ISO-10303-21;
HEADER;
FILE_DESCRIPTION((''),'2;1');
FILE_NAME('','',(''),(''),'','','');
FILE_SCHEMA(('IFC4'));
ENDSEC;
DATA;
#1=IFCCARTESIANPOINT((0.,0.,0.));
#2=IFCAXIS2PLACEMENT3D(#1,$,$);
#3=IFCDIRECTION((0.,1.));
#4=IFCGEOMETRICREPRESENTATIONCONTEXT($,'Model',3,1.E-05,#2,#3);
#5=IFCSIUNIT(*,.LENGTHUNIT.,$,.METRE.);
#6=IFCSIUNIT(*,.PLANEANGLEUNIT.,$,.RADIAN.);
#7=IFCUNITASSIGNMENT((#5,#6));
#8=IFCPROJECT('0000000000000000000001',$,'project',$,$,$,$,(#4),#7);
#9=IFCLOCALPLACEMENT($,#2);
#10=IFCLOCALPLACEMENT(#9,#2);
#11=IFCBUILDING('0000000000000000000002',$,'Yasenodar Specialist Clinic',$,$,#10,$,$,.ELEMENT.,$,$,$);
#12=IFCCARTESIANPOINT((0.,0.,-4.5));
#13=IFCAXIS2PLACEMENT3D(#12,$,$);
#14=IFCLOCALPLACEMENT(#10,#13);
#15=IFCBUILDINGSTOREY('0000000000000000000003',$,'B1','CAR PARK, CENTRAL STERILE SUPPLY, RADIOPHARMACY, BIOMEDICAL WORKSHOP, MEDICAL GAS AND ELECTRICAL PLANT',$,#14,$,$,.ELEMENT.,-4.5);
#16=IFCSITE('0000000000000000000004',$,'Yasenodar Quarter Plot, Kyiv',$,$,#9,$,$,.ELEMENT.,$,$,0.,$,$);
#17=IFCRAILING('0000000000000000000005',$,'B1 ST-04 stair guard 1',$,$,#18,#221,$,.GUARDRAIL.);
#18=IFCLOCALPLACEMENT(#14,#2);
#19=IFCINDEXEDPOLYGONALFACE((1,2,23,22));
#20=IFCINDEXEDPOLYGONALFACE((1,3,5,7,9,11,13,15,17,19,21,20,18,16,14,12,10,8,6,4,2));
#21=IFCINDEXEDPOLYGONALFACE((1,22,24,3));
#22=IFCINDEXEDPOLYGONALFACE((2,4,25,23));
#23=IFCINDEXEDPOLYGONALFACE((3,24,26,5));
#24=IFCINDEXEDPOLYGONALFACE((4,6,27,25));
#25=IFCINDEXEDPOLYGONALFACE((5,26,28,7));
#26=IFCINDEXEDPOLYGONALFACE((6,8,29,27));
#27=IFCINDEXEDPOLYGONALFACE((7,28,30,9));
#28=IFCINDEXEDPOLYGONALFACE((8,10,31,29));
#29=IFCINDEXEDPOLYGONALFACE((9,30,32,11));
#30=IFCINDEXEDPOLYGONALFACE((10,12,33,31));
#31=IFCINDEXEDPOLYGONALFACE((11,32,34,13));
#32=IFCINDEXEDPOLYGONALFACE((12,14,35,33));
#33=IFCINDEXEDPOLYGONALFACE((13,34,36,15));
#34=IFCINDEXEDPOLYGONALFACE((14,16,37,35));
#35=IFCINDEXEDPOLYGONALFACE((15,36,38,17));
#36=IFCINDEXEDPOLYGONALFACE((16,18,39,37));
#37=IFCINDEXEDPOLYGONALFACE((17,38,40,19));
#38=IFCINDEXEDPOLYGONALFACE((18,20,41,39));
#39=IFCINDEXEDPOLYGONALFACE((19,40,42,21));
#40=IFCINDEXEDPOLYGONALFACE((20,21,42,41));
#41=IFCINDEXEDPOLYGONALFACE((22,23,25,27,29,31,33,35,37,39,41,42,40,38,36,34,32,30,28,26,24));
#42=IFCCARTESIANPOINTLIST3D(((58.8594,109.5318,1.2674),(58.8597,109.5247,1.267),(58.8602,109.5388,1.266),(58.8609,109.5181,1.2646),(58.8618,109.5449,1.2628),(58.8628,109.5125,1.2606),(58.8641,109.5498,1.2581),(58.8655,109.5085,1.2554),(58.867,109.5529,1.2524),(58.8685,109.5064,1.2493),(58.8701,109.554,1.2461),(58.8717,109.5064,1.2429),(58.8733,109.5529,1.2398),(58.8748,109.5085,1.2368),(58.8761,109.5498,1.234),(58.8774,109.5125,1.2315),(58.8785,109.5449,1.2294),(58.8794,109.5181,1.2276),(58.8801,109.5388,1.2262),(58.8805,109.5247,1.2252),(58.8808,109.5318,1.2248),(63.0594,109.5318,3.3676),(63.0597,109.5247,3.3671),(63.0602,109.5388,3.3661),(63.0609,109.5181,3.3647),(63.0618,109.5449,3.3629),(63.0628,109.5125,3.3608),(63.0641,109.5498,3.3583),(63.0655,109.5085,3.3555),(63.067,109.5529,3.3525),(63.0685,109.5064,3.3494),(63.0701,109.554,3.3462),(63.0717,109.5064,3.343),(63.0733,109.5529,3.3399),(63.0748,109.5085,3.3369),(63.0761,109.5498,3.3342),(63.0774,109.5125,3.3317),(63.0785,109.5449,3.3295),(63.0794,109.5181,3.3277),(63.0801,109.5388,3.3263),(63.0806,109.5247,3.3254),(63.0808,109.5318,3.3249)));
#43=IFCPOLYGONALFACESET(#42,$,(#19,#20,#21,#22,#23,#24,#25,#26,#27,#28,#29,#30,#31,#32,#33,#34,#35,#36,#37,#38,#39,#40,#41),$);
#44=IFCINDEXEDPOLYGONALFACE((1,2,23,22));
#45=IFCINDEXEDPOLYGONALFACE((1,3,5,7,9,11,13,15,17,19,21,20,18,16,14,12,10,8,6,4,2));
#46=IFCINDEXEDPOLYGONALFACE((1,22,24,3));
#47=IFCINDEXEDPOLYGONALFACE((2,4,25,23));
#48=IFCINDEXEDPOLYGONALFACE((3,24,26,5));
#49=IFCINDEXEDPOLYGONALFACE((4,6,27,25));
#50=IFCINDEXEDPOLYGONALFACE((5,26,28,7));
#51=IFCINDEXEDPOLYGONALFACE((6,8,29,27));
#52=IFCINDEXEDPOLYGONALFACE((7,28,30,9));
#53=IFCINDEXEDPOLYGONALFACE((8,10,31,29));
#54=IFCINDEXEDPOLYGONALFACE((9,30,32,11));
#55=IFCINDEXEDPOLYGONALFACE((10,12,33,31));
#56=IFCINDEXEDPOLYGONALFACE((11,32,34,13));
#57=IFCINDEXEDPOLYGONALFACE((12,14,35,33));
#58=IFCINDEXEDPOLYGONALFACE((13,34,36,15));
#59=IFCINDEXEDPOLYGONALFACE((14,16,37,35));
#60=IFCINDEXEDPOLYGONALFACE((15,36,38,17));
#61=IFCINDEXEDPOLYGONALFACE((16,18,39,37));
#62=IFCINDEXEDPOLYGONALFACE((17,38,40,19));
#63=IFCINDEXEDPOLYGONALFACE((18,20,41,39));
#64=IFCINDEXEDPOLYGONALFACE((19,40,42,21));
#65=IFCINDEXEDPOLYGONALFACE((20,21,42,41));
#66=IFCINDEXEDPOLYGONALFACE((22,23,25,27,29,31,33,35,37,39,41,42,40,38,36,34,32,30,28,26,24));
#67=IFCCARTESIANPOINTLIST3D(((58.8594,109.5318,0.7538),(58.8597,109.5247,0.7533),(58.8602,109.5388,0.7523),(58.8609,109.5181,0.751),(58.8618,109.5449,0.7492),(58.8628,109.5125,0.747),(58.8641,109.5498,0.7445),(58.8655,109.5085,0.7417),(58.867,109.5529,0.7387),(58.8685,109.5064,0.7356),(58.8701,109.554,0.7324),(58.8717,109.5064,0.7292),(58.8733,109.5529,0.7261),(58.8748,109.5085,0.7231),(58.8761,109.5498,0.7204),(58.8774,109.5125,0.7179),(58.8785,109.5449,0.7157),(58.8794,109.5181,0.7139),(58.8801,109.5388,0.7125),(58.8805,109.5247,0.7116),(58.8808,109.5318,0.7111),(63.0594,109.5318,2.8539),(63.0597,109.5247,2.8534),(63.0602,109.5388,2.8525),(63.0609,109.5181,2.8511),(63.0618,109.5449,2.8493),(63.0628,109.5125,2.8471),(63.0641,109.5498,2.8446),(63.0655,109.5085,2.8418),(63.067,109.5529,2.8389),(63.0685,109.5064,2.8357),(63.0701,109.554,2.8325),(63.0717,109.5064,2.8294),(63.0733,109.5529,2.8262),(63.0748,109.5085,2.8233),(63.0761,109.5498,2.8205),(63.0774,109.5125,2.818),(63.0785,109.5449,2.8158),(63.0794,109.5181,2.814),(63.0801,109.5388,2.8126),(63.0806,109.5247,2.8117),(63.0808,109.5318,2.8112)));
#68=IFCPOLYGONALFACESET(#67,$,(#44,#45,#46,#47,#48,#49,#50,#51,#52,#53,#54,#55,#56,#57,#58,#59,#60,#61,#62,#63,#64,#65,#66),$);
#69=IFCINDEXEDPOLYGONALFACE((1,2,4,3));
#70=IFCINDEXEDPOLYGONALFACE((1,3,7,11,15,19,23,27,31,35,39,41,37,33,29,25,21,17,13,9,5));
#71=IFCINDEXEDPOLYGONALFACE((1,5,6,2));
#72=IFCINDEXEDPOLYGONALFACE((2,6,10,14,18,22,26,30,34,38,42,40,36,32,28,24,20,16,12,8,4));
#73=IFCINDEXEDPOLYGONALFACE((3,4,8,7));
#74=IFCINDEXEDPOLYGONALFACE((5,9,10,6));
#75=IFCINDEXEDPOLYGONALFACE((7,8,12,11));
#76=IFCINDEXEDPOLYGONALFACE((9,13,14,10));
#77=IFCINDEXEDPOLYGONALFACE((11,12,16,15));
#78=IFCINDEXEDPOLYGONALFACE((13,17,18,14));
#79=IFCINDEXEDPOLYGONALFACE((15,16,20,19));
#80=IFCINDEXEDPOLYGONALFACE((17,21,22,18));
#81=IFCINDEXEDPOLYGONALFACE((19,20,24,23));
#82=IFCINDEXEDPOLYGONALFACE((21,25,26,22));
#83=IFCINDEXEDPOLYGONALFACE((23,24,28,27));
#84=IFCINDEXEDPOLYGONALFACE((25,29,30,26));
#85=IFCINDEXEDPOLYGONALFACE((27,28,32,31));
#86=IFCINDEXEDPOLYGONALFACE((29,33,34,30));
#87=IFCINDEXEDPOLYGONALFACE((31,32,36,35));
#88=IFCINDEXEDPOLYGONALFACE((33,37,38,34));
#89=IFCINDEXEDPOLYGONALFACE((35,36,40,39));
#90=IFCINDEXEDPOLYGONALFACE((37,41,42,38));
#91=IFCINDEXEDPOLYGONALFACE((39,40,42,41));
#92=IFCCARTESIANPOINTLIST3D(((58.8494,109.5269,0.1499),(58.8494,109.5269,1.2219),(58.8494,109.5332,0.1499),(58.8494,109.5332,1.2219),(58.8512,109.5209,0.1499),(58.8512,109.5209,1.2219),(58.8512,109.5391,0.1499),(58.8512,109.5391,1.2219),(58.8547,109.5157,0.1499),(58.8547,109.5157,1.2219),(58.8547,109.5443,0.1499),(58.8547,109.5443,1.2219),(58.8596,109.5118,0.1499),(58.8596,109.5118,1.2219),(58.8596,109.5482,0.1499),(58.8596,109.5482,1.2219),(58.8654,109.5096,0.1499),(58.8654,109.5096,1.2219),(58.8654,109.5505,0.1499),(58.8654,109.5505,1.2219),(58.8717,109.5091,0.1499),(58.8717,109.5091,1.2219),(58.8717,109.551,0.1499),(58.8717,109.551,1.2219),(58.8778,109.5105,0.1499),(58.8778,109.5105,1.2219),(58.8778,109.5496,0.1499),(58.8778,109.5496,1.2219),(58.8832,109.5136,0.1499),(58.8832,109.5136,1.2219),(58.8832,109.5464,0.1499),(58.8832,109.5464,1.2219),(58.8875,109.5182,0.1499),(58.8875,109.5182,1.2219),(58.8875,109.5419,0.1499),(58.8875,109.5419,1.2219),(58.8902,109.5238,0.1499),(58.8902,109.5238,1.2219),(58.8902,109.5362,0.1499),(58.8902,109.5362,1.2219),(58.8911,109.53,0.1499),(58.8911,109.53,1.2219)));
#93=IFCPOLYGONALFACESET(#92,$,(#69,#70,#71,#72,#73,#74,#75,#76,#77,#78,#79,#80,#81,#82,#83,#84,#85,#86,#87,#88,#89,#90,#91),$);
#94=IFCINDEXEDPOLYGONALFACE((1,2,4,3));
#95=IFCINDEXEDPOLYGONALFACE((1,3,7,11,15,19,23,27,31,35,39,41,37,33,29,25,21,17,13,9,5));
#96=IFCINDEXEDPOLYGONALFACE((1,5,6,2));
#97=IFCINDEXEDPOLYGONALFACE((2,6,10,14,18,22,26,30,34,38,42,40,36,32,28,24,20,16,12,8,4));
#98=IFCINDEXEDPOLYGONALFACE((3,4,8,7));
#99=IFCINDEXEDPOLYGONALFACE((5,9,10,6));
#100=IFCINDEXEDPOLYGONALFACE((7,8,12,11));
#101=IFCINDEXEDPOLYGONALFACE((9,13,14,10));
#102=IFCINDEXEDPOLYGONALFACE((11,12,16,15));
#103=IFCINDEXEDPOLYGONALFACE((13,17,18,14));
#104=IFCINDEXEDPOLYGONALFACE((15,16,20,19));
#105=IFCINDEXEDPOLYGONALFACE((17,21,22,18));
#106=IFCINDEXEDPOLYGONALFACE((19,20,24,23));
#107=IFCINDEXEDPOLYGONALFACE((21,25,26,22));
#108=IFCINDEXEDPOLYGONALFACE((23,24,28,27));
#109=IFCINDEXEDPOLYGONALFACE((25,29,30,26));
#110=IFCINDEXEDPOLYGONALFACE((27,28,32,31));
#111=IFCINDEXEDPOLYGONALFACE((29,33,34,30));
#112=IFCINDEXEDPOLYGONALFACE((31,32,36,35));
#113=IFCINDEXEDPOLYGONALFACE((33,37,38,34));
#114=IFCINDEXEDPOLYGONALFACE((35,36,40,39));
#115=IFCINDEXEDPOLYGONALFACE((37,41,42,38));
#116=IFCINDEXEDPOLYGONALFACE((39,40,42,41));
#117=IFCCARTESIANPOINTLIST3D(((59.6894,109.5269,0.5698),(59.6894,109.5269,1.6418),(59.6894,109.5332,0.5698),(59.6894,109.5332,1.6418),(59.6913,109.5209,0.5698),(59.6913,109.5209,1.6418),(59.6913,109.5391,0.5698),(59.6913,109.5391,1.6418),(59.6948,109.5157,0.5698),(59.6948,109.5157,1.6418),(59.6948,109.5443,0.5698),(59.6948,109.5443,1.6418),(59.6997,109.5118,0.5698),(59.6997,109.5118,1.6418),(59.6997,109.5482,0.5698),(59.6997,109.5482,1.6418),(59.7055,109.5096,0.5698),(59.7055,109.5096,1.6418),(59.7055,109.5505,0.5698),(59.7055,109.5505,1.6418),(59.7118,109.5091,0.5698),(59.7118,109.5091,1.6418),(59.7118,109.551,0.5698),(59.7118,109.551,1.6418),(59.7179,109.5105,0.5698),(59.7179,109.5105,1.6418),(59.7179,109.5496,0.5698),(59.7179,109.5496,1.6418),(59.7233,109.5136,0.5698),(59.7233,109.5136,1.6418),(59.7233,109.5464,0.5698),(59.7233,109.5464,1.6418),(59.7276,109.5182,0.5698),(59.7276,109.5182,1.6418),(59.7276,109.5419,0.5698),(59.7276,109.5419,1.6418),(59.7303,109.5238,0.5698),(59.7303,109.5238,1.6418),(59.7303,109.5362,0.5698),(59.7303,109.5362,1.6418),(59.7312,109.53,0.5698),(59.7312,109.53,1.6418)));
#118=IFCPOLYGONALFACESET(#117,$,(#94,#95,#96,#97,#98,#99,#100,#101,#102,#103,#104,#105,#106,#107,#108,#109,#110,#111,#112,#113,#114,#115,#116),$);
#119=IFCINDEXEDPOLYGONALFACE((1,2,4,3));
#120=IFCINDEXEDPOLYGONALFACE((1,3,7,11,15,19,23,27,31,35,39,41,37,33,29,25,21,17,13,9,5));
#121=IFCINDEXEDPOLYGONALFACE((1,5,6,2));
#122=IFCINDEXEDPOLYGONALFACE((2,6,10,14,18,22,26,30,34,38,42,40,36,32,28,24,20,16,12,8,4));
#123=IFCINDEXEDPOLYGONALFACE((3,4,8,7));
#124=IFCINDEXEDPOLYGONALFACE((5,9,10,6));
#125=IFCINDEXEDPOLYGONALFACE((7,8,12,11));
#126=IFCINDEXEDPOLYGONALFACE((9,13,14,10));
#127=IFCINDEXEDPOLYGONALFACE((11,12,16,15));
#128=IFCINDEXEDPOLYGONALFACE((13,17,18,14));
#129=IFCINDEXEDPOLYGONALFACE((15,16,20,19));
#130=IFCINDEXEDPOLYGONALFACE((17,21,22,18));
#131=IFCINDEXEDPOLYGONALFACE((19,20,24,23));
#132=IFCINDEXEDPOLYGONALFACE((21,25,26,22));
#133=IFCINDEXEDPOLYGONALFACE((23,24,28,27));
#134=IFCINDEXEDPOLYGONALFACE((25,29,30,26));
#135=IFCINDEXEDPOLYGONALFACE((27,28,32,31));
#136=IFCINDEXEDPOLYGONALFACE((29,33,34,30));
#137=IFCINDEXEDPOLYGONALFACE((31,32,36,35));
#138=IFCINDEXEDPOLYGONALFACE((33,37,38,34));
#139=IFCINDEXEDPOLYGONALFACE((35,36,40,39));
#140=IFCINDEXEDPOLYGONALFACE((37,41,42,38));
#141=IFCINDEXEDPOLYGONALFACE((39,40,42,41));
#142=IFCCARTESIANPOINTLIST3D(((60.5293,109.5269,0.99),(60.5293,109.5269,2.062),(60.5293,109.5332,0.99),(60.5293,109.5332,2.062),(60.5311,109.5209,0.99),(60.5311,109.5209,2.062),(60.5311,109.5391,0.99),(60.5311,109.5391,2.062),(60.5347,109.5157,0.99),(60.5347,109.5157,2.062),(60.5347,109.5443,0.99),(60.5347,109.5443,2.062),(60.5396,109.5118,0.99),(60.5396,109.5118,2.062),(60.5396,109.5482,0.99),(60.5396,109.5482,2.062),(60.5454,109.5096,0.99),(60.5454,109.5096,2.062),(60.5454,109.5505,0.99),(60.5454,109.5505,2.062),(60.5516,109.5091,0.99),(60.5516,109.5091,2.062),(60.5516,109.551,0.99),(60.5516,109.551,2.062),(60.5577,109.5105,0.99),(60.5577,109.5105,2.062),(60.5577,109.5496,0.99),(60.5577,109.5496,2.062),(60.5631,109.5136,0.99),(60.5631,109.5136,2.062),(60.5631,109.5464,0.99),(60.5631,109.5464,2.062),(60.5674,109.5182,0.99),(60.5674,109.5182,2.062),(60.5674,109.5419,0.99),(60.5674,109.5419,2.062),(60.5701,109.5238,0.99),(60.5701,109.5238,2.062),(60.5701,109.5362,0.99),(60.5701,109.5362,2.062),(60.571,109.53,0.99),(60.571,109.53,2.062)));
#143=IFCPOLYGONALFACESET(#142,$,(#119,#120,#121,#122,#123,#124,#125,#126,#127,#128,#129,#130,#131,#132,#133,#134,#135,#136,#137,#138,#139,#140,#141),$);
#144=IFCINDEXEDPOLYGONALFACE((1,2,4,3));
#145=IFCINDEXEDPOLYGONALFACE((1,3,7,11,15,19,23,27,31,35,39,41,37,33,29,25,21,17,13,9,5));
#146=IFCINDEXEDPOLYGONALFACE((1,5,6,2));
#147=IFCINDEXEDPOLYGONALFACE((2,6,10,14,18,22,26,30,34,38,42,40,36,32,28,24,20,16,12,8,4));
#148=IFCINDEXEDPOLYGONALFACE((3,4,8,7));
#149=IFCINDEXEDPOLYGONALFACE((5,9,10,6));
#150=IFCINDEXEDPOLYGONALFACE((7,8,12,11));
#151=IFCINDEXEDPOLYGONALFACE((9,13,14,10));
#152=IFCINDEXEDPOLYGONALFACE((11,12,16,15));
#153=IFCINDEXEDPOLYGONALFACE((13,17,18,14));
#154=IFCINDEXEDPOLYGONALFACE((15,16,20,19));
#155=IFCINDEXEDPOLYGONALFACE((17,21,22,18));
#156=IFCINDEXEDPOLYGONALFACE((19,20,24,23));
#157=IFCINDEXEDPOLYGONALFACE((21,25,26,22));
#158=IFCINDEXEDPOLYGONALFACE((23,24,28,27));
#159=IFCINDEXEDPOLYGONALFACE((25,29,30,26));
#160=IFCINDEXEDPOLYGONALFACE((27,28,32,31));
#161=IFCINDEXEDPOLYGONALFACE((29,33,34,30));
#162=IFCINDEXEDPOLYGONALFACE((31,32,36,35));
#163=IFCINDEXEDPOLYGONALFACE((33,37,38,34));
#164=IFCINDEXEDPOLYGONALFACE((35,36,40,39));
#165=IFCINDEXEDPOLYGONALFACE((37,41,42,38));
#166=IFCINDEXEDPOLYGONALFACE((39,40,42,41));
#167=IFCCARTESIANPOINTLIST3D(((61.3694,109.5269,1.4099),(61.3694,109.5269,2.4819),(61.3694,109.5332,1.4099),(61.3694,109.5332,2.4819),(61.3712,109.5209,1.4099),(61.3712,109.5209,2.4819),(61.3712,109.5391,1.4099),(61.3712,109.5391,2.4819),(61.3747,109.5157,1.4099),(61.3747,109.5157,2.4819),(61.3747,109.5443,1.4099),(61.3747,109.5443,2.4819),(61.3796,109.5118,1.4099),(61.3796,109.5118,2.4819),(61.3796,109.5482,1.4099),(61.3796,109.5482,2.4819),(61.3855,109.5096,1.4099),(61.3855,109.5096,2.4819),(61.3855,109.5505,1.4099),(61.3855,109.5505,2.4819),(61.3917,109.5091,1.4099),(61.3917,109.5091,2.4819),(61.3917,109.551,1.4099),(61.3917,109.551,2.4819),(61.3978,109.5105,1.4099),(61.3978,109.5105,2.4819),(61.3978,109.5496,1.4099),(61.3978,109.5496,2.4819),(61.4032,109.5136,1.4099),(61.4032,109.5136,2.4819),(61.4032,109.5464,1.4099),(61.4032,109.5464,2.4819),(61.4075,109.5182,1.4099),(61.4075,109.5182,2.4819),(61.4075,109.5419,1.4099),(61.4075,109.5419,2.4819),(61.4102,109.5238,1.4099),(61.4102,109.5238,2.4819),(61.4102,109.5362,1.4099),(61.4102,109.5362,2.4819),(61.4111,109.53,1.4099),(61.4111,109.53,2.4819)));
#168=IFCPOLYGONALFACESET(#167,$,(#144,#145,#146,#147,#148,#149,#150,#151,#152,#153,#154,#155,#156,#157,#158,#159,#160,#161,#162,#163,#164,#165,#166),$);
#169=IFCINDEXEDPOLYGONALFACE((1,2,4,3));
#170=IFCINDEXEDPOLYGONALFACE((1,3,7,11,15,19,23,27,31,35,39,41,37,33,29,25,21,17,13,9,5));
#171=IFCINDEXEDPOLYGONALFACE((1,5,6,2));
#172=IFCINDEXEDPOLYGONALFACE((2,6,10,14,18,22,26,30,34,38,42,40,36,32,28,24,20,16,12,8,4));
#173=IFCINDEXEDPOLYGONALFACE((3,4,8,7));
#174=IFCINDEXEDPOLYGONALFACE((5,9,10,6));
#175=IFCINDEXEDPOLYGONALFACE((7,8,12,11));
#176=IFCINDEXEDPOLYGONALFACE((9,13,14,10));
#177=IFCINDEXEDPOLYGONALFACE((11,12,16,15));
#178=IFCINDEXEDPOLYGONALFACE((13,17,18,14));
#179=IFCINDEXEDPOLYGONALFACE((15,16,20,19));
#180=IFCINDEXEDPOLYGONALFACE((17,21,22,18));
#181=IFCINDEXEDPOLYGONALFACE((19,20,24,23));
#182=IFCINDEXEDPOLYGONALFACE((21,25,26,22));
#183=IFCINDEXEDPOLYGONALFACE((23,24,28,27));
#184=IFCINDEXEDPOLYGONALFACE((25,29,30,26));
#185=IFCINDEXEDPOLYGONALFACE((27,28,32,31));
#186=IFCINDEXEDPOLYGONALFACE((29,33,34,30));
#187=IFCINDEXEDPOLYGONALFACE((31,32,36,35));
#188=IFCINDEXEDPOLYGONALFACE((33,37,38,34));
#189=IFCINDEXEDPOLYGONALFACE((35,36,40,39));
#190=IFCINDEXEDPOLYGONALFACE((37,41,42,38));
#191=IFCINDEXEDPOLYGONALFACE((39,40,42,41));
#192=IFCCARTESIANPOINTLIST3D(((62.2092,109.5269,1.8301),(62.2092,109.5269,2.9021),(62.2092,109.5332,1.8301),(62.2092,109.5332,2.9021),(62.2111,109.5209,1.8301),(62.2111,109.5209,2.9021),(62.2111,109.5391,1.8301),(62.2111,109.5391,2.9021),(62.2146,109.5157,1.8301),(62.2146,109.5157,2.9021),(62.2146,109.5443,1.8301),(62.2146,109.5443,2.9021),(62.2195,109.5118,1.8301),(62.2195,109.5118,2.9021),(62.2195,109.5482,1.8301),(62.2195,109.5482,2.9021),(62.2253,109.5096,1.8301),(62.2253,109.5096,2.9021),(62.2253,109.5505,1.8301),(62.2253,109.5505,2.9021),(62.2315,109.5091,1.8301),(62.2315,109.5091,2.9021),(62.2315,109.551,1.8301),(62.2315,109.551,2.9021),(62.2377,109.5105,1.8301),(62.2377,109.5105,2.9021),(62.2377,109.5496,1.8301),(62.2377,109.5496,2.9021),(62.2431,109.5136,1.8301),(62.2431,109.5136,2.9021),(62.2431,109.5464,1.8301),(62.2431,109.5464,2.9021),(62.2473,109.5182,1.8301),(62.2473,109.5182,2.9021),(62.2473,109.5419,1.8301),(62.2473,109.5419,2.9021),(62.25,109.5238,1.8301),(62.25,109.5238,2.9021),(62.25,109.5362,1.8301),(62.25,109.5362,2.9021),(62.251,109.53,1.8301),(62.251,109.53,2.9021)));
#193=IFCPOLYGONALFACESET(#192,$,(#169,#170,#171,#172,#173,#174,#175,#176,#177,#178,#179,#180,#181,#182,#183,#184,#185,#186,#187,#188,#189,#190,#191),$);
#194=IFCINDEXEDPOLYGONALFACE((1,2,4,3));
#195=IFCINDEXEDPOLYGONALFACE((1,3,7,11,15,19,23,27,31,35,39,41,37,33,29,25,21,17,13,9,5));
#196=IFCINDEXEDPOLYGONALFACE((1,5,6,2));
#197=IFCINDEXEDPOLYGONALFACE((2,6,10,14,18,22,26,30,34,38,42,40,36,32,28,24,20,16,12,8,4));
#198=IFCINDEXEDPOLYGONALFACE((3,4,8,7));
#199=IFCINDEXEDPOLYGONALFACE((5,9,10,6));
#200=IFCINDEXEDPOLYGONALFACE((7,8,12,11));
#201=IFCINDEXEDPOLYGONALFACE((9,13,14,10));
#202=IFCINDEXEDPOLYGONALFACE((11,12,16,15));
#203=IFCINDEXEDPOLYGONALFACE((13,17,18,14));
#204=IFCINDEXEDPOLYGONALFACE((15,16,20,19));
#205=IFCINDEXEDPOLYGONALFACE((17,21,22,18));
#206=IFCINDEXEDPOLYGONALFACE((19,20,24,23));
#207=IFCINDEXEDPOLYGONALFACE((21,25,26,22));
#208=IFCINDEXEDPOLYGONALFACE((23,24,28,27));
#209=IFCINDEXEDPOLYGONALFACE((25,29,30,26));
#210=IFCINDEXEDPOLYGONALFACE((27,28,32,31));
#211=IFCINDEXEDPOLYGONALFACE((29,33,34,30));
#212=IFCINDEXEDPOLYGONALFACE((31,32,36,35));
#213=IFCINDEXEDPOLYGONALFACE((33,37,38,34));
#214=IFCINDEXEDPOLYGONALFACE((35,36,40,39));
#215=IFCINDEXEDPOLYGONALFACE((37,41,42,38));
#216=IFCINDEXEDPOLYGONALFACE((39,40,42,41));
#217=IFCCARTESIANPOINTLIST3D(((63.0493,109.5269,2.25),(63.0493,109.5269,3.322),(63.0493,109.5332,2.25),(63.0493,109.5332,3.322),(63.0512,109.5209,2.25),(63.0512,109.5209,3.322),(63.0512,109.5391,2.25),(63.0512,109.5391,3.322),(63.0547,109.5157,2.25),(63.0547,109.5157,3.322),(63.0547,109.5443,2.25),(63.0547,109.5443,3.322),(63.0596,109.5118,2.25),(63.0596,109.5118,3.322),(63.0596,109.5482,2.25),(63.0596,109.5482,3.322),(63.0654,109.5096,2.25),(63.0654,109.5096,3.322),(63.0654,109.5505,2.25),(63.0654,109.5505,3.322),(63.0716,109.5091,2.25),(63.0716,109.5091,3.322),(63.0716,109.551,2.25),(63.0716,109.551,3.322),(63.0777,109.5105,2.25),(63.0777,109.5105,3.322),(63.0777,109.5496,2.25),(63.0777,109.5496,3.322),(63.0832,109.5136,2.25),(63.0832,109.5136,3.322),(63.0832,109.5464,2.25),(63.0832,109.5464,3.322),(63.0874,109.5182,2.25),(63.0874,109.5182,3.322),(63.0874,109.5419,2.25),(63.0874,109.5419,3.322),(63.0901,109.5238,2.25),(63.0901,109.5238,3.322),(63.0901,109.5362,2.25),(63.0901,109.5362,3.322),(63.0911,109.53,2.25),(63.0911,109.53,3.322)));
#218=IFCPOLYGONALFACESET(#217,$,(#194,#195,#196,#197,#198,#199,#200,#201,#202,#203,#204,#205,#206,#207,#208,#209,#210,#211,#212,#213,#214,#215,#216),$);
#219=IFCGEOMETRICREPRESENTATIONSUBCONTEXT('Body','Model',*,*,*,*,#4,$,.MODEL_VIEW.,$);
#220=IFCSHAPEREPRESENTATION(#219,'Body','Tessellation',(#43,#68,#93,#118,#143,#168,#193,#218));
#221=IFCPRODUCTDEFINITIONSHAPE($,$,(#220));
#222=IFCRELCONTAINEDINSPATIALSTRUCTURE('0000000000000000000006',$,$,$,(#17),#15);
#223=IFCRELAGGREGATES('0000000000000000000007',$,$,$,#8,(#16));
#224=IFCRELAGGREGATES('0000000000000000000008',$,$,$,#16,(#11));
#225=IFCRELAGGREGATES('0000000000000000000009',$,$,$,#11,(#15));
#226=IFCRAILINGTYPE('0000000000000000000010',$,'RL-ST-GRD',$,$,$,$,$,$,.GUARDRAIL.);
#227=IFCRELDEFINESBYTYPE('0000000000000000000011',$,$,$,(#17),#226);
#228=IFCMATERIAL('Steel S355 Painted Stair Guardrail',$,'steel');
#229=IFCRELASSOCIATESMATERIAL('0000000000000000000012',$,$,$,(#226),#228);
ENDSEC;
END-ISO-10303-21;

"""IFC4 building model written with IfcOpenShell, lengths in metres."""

from ifc_helpers import new_model, si_unit, direction, frame, origin, origin_2d, place, context, subcontext, project, spatial, circle, extrude, material, type_object, element, save


model = new_model("IFC4")

# Units and contexts
model_context = context("Model", 3, precision=1e-05, world=origin(), true_north=direction((0.0, 1.0)))
body_context = subcontext(model_context, "Body", "Model", "MODEL_VIEW")
ifc_project = project(units=[si_unit("LENGTHUNIT", "METRE"), si_unit("PLANEANGLEUNIT", "RADIAN")], contexts=[model_context])

# Site, building, storey
site_placement = place(None, origin())
site = spatial("IfcSite", under=ifc_project, at=site_placement, Name="Yasenodar Quarter Plot, Kyiv", CompositionType="ELEMENT", RefElevation=0.0)
building_placement = place(site_placement, origin())
building = spatial("IfcBuilding", under=site, at=building_placement, Name="Yasenodar Specialist Clinic", CompositionType="ELEMENT")
storey_placement = place(building_placement, frame((0.0, 0.0, -4.5)))
storey = spatial("IfcBuildingStorey", under=building, at=storey_placement, Name="B1", Description="CAR PARK, CENTRAL STERILE SUPPLY, RADIOPHARMACY, BIOMEDICAL WORKSHOP, MEDICAL GAS AND ELECTRICAL PLANT", CompositionType="ELEMENT", Elevation=-4.5)

# Railing
ifc_material_1 = material(Name="Steel S355 Painted Stair Guardrail", Category="steel")
railing_type_1 = type_object("IfcRailingType", Name="RL-ST-GRD", PredefinedType="GUARDRAIL", material=ifc_material_1)
railing_1_placement = place(storey_placement, frame((58.8701, 109.53, 0.1499)))
element("IfcRailing", 1, at=railing_1_placement, inside=storey, type_object=railing_type_1, Name="B1 ST-04 stair guard 1", PredefinedType="GUARDRAIL", context=body_context, shape_type="SweptSolid", body=[
    extrude(circle(Radius=0.0239, at=origin_2d()), frame((0.0, 0.0, 1.0962), z_axis=(0.894417, 0.0, 0.447234), x_axis=(0.0, 1.0, 0.0)), (0.0, 0.0, 1.0), 4.6958),
    extrude(circle(Radius=0.0239, at=origin_2d()), frame((0.0, 0.0, 0.5825), z_axis=(0.894417, 0.0, 0.447234), x_axis=(0.0, 1.0, 0.0)), (0.0, 0.0, 1.0), 4.6958),
    extrude(circle(Radius=0.021, at=origin_2d()), origin(), (0.0, 0.0, 1.0), 1.072),
    extrude(circle(Radius=0.021, at=origin_2d()), frame((0.8401, 0.0, 0.4199)), (0.0, 0.0, 1.0), 1.072),
    extrude(circle(Radius=0.021, at=origin_2d()), frame((1.6799, 0.0, 0.8401)), (0.0, 0.0, 1.0), 1.072),
    extrude(circle(Radius=0.021, at=origin_2d()), frame((2.52, 0.0, 1.26)), (0.0, 0.0, 1.0), 1.072),
    extrude(circle(Radius=0.021, at=origin_2d()), frame((3.3599, 0.0, 1.6802)), (0.0, 0.0, 1.0), 1.072),
    extrude(circle(Radius=0.021, at=origin_2d()), frame((4.2, 0.0, 2.1001)), (0.0, 0.0, 1.0), 1.072),
])

save(model, "model.ifc")
